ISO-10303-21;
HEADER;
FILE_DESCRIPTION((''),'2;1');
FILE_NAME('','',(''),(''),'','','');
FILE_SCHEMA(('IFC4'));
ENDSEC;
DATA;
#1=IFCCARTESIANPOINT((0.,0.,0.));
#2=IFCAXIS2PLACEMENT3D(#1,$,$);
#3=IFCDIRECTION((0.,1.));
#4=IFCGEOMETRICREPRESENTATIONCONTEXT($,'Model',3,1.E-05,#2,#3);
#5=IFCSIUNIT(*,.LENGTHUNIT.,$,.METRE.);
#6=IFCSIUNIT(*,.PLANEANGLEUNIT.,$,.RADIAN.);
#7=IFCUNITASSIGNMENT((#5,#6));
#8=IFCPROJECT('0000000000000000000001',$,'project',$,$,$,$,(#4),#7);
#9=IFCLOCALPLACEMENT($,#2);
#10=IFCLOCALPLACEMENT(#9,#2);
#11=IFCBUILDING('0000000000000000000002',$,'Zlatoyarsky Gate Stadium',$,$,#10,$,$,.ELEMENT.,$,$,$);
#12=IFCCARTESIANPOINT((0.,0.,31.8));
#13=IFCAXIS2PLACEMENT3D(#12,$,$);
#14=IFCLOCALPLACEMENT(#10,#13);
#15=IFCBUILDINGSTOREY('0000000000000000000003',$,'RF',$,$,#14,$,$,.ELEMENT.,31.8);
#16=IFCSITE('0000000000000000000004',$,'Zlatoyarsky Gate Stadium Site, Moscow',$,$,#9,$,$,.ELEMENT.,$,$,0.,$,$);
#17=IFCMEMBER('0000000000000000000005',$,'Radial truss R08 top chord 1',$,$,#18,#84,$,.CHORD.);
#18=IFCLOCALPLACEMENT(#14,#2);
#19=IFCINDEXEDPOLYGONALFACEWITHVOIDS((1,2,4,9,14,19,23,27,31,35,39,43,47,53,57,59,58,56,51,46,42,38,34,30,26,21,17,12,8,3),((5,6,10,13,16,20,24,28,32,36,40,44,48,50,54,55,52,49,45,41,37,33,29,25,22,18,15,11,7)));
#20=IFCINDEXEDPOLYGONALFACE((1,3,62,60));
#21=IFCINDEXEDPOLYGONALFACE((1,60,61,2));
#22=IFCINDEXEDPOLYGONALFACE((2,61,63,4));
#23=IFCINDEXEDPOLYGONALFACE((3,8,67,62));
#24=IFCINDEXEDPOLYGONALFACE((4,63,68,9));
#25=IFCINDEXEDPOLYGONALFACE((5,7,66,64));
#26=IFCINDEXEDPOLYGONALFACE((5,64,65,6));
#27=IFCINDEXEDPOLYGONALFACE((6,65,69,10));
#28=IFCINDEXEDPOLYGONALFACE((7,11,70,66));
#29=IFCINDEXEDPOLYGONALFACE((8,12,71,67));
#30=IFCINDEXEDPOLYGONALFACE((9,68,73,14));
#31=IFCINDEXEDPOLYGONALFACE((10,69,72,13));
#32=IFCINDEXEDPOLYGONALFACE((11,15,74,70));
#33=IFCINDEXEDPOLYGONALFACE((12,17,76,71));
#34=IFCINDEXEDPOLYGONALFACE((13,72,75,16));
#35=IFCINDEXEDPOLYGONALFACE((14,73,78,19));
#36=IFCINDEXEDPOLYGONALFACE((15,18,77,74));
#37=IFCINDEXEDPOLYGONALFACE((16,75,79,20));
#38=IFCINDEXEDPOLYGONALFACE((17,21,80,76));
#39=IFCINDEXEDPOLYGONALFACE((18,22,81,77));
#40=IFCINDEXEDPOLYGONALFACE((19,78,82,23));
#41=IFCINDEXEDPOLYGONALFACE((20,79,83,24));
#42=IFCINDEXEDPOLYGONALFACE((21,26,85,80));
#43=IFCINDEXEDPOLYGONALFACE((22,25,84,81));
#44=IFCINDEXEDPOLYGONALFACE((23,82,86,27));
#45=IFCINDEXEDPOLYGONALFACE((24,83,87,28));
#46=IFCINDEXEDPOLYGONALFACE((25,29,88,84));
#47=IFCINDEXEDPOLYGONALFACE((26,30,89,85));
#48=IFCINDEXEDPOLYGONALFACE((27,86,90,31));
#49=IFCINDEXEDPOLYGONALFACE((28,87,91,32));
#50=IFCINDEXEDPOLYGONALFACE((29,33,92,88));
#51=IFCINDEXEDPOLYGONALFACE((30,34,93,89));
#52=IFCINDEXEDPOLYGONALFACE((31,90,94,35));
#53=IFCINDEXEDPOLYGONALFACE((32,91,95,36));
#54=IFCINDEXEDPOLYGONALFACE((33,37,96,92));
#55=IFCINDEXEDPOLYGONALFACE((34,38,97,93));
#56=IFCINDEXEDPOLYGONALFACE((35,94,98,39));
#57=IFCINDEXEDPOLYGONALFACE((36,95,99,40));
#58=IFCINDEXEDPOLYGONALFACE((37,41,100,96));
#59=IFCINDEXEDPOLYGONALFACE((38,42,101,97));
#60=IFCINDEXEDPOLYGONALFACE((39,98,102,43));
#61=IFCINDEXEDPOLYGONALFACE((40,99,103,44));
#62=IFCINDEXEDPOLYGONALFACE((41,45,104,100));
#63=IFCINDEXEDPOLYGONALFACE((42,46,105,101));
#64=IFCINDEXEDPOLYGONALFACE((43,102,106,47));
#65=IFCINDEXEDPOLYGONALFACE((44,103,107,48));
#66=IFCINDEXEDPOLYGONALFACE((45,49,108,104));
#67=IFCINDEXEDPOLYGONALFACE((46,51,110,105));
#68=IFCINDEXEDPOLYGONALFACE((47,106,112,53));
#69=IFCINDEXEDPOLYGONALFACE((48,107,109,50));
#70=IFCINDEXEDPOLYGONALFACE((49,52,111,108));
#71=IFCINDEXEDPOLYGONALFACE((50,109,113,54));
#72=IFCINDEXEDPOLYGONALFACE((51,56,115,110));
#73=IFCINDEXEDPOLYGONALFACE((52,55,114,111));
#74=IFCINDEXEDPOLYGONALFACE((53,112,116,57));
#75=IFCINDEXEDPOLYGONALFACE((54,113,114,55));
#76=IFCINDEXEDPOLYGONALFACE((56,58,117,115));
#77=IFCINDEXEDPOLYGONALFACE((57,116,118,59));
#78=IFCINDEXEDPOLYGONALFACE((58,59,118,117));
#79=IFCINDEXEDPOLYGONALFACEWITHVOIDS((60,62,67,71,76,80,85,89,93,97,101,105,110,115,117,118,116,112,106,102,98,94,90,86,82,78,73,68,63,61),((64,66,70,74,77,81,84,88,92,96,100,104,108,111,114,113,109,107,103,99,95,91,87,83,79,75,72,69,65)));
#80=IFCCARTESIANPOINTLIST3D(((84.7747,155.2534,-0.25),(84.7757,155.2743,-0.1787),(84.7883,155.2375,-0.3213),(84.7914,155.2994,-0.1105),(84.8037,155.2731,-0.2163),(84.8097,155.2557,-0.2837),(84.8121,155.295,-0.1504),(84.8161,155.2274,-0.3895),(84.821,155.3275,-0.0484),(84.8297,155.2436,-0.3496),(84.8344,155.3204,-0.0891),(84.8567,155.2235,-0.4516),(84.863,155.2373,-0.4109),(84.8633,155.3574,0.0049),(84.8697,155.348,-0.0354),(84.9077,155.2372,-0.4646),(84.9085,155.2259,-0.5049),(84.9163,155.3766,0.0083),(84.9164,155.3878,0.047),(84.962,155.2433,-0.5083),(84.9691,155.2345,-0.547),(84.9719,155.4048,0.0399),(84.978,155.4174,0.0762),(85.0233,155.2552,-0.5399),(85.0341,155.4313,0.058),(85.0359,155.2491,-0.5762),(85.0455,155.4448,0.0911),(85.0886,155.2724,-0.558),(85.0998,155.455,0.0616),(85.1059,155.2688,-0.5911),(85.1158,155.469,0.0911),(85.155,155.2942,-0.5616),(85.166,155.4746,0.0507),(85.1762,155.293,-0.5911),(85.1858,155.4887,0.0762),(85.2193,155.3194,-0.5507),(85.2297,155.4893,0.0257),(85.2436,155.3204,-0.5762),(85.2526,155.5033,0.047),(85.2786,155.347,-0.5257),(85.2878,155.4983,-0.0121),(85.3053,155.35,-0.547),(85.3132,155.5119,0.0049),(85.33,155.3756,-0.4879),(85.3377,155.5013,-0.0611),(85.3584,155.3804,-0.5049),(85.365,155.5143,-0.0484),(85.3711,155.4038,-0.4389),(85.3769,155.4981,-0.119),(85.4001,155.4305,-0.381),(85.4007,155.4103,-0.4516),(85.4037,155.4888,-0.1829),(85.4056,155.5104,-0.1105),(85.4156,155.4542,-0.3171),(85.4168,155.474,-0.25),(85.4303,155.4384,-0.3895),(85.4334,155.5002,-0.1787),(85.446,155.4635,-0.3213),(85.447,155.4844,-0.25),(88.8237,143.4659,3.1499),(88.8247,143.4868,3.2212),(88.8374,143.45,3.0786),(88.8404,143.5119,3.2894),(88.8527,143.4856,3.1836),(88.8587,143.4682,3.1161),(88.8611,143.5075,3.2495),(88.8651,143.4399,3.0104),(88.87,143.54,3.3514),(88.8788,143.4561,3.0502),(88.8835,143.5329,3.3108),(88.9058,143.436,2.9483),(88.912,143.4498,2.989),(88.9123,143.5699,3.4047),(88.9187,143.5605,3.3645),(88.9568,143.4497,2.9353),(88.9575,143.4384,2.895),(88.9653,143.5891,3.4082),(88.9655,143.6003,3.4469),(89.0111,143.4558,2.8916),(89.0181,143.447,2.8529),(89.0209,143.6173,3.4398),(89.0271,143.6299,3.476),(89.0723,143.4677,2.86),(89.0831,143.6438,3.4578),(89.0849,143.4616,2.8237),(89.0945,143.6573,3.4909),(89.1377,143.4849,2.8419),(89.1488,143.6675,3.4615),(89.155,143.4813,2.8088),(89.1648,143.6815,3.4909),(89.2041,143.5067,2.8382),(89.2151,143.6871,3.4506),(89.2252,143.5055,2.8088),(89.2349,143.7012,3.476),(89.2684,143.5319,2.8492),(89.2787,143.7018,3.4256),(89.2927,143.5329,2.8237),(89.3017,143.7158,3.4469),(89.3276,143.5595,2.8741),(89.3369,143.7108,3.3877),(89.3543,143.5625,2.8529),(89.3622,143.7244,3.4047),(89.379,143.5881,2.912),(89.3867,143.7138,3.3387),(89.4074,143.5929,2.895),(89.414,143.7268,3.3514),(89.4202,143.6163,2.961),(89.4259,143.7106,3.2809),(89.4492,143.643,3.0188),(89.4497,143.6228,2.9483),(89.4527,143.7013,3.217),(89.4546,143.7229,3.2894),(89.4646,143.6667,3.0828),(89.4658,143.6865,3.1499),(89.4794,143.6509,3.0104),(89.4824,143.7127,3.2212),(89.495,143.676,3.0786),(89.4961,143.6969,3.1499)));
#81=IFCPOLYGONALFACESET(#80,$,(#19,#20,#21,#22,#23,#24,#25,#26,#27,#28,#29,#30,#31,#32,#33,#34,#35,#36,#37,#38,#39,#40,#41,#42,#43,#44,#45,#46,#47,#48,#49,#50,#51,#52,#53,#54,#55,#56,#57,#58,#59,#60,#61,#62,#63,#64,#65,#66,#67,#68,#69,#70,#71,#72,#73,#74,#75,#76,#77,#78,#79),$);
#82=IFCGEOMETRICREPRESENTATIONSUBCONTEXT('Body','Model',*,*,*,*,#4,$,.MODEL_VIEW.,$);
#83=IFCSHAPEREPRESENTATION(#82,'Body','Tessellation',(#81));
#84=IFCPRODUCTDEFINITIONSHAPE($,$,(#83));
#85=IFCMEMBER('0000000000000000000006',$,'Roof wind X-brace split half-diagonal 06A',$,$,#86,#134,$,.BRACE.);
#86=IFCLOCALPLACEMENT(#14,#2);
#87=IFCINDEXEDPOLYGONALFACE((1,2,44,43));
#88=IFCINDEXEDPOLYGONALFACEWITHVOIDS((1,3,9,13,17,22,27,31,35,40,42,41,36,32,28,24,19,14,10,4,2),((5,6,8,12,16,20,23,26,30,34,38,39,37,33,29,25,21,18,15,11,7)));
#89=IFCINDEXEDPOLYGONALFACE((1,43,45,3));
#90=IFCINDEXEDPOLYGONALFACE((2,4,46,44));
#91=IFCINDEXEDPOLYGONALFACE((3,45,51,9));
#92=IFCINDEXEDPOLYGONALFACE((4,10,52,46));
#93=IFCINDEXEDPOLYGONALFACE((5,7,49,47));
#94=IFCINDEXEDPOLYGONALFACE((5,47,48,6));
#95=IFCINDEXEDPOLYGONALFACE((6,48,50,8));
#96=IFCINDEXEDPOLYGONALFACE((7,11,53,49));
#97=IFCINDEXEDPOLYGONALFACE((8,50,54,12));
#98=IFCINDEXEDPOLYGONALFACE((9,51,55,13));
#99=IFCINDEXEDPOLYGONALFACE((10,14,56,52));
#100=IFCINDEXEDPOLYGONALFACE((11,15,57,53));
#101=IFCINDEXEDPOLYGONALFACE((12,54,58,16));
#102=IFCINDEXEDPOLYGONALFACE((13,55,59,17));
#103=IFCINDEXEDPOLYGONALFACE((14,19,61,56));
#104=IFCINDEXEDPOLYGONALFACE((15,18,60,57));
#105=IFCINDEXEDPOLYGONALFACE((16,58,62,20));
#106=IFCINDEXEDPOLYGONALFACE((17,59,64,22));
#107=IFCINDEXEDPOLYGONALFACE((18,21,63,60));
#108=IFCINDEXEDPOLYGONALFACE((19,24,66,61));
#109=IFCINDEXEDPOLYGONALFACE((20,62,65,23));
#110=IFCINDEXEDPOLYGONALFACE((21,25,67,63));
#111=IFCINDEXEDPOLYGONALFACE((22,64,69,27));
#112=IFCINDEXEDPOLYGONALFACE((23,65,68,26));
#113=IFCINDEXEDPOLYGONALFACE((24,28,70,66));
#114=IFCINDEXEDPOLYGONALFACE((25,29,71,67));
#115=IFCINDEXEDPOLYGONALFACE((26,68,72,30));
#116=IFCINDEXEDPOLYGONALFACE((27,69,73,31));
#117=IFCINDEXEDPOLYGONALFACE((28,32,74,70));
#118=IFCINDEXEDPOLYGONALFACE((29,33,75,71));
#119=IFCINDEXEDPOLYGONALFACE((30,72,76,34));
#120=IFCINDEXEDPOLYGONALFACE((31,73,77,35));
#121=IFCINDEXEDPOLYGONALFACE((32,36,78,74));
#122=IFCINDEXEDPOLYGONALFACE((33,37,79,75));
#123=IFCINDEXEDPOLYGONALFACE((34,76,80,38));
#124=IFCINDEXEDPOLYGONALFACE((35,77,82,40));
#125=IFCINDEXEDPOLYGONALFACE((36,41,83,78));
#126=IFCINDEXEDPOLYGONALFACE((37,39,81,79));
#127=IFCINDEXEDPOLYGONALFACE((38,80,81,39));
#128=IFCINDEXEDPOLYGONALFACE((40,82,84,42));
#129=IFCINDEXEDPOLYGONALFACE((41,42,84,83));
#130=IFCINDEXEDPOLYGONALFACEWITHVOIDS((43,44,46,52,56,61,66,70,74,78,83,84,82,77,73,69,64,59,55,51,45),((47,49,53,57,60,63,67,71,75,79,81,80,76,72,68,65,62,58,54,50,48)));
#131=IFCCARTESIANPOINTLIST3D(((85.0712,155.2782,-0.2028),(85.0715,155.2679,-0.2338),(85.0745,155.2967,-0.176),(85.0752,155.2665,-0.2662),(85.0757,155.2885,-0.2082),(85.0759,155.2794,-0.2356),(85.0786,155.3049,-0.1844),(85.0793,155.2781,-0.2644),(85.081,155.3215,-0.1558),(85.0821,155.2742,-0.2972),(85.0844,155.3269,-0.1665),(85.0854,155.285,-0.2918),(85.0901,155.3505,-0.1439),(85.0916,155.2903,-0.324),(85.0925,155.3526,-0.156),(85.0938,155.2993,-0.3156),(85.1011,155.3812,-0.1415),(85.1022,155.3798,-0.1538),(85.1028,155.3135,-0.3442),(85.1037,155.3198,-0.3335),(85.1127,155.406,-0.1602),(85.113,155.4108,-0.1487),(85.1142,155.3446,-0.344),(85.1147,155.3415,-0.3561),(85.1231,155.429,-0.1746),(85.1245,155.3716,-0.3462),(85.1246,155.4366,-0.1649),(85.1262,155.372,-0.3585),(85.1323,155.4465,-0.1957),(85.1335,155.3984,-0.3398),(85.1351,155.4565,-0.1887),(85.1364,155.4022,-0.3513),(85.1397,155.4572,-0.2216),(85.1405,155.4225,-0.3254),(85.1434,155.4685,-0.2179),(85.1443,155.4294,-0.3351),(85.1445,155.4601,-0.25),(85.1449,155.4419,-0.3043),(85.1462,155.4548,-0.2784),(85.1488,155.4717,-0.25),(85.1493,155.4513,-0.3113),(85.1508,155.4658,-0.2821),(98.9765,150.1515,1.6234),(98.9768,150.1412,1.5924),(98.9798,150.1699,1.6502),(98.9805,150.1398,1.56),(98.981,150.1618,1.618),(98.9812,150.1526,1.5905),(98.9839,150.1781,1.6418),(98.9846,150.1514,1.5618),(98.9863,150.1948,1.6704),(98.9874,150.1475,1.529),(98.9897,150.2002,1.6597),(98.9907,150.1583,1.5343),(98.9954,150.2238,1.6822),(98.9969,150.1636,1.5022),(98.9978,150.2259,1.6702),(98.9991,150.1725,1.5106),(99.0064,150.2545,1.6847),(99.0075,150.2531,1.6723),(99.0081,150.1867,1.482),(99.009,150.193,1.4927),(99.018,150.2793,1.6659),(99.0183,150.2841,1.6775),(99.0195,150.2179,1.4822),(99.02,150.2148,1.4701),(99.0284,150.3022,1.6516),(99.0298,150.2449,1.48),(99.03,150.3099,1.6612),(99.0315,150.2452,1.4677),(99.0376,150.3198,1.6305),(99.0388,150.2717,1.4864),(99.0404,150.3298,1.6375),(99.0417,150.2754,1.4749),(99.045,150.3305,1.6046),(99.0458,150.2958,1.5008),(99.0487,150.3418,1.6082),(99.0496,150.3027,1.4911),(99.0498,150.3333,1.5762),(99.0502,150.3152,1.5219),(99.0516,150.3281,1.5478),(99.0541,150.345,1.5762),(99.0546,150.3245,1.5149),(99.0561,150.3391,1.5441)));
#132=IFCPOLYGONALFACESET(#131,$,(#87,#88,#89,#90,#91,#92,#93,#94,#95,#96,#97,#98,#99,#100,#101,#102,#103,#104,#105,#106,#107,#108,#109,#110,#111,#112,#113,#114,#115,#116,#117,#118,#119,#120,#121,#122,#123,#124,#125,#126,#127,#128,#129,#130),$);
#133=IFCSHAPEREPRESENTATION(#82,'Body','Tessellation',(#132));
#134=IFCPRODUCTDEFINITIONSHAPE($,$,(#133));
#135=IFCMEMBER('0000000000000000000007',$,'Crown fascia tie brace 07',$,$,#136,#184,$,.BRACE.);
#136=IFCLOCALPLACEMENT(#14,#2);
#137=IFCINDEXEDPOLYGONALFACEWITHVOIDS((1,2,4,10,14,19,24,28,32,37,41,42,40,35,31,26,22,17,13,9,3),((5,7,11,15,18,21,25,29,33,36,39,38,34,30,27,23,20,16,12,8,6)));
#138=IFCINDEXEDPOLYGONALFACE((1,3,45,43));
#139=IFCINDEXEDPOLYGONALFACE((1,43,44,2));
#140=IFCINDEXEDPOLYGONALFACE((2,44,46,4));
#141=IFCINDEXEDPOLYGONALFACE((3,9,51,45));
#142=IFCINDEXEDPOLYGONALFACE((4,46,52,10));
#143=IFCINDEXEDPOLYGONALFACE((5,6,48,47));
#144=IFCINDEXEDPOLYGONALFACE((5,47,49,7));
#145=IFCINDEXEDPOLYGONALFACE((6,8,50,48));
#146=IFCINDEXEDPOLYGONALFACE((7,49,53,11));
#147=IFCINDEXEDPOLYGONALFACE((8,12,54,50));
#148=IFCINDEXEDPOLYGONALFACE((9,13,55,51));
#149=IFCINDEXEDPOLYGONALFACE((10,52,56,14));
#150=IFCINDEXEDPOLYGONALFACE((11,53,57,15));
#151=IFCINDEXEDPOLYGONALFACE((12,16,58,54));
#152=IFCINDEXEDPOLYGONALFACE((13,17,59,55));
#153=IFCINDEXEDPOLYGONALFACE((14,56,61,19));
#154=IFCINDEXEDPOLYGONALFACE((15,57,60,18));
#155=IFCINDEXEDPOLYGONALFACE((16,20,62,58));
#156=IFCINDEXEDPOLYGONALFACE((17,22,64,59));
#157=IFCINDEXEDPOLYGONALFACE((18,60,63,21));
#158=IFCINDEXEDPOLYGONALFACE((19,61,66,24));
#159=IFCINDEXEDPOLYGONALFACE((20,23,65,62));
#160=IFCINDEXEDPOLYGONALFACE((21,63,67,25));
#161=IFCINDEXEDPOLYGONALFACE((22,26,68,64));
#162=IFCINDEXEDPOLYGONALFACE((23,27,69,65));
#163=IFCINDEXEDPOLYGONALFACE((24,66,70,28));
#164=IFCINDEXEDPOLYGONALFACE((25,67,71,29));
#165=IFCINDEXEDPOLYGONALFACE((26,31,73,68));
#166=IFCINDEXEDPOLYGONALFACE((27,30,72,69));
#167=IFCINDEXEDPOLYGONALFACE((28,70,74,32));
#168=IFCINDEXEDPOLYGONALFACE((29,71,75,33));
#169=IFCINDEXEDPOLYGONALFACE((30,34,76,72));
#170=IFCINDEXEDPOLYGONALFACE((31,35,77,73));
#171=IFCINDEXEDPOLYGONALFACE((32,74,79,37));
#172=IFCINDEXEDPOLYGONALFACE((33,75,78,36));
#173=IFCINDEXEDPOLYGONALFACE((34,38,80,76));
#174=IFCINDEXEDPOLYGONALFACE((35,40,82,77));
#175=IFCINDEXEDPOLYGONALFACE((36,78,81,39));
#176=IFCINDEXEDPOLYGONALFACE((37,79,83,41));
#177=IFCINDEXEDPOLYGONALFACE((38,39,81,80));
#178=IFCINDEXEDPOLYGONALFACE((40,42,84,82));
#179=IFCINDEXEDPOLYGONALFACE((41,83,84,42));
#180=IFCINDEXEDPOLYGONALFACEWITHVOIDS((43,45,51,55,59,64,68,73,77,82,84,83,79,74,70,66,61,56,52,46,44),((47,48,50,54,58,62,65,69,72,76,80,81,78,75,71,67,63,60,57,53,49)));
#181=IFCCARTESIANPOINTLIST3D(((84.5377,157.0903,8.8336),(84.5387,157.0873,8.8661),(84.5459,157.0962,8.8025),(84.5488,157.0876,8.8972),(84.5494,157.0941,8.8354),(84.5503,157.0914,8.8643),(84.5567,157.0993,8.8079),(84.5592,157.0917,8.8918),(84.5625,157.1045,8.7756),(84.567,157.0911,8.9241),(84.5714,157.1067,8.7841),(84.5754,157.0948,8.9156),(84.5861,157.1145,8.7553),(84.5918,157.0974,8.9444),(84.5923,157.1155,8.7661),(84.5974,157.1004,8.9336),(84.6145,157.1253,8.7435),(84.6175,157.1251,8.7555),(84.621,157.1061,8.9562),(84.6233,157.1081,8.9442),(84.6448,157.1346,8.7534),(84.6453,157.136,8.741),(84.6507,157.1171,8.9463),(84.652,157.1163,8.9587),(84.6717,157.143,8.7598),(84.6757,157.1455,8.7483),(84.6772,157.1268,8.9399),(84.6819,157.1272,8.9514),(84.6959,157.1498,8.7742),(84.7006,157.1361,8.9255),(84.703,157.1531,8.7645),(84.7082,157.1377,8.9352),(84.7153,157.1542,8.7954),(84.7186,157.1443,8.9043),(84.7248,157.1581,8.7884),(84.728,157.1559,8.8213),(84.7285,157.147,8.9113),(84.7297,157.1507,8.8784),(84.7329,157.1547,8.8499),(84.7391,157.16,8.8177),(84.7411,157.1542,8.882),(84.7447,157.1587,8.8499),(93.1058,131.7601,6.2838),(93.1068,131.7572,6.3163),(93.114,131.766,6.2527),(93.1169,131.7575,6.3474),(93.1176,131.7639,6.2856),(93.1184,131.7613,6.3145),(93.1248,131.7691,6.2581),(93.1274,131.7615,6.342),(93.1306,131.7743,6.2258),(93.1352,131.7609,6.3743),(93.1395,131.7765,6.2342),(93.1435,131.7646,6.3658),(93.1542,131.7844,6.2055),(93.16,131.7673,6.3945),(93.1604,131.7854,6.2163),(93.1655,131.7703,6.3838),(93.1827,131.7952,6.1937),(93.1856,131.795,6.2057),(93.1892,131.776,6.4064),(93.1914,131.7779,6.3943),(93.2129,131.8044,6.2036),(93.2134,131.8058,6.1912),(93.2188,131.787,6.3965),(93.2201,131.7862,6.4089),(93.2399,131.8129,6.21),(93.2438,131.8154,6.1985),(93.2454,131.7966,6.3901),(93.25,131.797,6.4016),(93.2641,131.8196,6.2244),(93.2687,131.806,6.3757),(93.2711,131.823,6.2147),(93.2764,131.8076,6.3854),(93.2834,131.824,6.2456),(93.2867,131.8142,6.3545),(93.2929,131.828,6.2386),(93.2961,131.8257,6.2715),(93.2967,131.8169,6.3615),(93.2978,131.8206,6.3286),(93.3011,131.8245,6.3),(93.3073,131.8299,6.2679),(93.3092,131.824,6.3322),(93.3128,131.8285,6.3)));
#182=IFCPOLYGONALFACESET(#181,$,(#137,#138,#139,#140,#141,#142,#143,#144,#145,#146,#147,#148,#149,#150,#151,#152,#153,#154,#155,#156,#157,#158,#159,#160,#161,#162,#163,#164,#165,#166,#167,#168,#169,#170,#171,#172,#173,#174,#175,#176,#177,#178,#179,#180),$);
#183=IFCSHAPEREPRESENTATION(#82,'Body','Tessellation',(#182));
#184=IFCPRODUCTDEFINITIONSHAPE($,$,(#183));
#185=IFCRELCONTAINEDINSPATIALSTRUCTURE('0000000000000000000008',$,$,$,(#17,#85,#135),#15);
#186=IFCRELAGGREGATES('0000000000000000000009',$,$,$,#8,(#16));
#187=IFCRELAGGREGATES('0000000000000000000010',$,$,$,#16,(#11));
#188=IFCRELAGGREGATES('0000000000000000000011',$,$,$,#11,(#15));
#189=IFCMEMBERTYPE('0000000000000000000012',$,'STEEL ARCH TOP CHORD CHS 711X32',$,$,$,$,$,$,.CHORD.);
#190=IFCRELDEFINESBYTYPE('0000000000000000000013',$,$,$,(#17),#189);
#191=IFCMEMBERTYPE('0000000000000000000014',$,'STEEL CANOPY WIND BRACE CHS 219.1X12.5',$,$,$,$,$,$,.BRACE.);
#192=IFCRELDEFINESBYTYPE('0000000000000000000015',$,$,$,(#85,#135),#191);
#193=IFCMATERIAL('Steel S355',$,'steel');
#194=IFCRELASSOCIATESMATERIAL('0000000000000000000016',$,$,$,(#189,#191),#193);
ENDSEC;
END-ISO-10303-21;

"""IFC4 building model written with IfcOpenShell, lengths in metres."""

from ifc_helpers import new_model, si_unit, direction, frame, origin, origin_2d, place, context, subcontext, project, spatial, hollow_circle, extrude, material, material_profile, profile_set, type_object, element, save


model = new_model("IFC4")

# Units and contexts
model_context = context("Model", 3, precision=1e-05, world=origin(), true_north=direction((0.0, 1.0)))
body_context = subcontext(model_context, "Body", "Model", "MODEL_VIEW")
ifc_project = project(units=[si_unit("LENGTHUNIT", "METRE"), si_unit("PLANEANGLEUNIT", "RADIAN")], contexts=[model_context])

# Site, building, storey
site_placement = place(None, origin())
site = spatial("IfcSite", under=ifc_project, at=site_placement, Name="Zlatoyarsky Gate Stadium Site, Moscow", CompositionType="ELEMENT", RefElevation=0.0)
building_placement = place(site_placement, origin())
building = spatial("IfcBuilding", under=site, at=building_placement, Name="Zlatoyarsky Gate Stadium", CompositionType="ELEMENT")
storey_placement = place(building_placement, frame((0.0, 0.0, 31.8)))
storey = spatial("IfcBuildingStorey", under=building, at=storey_placement, Name="RF", CompositionType="ELEMENT", Elevation=31.8)

# Members
ifc_material_1 = material(Name="Steel S355", Category="steel")
ifc_material_profile_1 = material_profile(ifc_material_1, hollow_circle(Radius=0.3555, WallThickness=0.032, at=origin_2d()), Name="CHS 711X32")
ifc_profile_set_1 = profile_set([ifc_material_profile_1], Name="Steel S355")
member_type_1 = type_object("IfcMemberType", Name="STEEL ARCH TOP CHORD CHS 711X32", PredefinedType="CHORD", material=ifc_profile_set_1)
member_1_placement = place(storey_placement, frame((85.1108, 155.3689, -0.25), z_axis=(0.313419, -0.91242, 0.26317), x_axis=(0.945758, 0.324871, 0.0)))
element("IfcMember", 1, at=member_1_placement, inside=storey, type_object=member_type_1, Name="Radial truss R08 top chord 1", PredefinedType="CHORD", context=body_context, shape_type="SweptSolid", body=[
    extrude(hollow_circle(Radius=0.3555, WallThickness=0.032, at=origin_2d()), origin(), (0.0, 0.0, 1.0), 12.9189),
])
ifc_material_profile_2 = material_profile(ifc_material_1, hollow_circle(Radius=0.1096, WallThickness=0.0125, at=origin_2d()), Name="CHS 219.1X12.5")
ifc_profile_set_2 = profile_set([ifc_material_profile_2], Name="Steel S355")
member_type_2 = type_object("IfcMemberType", Name="STEEL CANOPY WIND BRACE CHS 219.1X12.5", PredefinedType="BRACE", material=ifc_profile_set_2)
member_2_placement = place(storey_placement, frame((85.1108, 155.3689, -0.25), z_axis=(0.931219, -0.343329, 0.122296), x_axis=(0.345926, 0.938262, 0.0)))
element("IfcMember", 2, at=member_2_placement, inside=storey, type_object=member_type_2, Name="Roof wind X-brace split half-diagonal 06A", PredefinedType="BRACE", context=body_context, shape_type="SweptSolid", body=[
    extrude(hollow_circle(Radius=0.1096, WallThickness=0.0125, at=origin_2d()), origin(), (0.0, 0.0, 1.0), 14.9324),
])
member_3_placement = place(storey_placement, frame((84.6409, 157.1235, 8.8499), z_axis=(0.318977, -0.942997, -0.094925), x_axis=(0.947274, 0.320424, 0.0)))
element("IfcMember", 3, at=member_3_placement, inside=storey, type_object=member_type_2, Name="Crown fascia tie brace 07", PredefinedType="BRACE", context=body_context, shape_type="SweptSolid", body=[
    extrude(hollow_circle(Radius=0.1096, WallThickness=0.0125, at=origin_2d()), origin(), (0.0, 0.0, 1.0), 26.8613),
])

save(model, "model.ifc")
